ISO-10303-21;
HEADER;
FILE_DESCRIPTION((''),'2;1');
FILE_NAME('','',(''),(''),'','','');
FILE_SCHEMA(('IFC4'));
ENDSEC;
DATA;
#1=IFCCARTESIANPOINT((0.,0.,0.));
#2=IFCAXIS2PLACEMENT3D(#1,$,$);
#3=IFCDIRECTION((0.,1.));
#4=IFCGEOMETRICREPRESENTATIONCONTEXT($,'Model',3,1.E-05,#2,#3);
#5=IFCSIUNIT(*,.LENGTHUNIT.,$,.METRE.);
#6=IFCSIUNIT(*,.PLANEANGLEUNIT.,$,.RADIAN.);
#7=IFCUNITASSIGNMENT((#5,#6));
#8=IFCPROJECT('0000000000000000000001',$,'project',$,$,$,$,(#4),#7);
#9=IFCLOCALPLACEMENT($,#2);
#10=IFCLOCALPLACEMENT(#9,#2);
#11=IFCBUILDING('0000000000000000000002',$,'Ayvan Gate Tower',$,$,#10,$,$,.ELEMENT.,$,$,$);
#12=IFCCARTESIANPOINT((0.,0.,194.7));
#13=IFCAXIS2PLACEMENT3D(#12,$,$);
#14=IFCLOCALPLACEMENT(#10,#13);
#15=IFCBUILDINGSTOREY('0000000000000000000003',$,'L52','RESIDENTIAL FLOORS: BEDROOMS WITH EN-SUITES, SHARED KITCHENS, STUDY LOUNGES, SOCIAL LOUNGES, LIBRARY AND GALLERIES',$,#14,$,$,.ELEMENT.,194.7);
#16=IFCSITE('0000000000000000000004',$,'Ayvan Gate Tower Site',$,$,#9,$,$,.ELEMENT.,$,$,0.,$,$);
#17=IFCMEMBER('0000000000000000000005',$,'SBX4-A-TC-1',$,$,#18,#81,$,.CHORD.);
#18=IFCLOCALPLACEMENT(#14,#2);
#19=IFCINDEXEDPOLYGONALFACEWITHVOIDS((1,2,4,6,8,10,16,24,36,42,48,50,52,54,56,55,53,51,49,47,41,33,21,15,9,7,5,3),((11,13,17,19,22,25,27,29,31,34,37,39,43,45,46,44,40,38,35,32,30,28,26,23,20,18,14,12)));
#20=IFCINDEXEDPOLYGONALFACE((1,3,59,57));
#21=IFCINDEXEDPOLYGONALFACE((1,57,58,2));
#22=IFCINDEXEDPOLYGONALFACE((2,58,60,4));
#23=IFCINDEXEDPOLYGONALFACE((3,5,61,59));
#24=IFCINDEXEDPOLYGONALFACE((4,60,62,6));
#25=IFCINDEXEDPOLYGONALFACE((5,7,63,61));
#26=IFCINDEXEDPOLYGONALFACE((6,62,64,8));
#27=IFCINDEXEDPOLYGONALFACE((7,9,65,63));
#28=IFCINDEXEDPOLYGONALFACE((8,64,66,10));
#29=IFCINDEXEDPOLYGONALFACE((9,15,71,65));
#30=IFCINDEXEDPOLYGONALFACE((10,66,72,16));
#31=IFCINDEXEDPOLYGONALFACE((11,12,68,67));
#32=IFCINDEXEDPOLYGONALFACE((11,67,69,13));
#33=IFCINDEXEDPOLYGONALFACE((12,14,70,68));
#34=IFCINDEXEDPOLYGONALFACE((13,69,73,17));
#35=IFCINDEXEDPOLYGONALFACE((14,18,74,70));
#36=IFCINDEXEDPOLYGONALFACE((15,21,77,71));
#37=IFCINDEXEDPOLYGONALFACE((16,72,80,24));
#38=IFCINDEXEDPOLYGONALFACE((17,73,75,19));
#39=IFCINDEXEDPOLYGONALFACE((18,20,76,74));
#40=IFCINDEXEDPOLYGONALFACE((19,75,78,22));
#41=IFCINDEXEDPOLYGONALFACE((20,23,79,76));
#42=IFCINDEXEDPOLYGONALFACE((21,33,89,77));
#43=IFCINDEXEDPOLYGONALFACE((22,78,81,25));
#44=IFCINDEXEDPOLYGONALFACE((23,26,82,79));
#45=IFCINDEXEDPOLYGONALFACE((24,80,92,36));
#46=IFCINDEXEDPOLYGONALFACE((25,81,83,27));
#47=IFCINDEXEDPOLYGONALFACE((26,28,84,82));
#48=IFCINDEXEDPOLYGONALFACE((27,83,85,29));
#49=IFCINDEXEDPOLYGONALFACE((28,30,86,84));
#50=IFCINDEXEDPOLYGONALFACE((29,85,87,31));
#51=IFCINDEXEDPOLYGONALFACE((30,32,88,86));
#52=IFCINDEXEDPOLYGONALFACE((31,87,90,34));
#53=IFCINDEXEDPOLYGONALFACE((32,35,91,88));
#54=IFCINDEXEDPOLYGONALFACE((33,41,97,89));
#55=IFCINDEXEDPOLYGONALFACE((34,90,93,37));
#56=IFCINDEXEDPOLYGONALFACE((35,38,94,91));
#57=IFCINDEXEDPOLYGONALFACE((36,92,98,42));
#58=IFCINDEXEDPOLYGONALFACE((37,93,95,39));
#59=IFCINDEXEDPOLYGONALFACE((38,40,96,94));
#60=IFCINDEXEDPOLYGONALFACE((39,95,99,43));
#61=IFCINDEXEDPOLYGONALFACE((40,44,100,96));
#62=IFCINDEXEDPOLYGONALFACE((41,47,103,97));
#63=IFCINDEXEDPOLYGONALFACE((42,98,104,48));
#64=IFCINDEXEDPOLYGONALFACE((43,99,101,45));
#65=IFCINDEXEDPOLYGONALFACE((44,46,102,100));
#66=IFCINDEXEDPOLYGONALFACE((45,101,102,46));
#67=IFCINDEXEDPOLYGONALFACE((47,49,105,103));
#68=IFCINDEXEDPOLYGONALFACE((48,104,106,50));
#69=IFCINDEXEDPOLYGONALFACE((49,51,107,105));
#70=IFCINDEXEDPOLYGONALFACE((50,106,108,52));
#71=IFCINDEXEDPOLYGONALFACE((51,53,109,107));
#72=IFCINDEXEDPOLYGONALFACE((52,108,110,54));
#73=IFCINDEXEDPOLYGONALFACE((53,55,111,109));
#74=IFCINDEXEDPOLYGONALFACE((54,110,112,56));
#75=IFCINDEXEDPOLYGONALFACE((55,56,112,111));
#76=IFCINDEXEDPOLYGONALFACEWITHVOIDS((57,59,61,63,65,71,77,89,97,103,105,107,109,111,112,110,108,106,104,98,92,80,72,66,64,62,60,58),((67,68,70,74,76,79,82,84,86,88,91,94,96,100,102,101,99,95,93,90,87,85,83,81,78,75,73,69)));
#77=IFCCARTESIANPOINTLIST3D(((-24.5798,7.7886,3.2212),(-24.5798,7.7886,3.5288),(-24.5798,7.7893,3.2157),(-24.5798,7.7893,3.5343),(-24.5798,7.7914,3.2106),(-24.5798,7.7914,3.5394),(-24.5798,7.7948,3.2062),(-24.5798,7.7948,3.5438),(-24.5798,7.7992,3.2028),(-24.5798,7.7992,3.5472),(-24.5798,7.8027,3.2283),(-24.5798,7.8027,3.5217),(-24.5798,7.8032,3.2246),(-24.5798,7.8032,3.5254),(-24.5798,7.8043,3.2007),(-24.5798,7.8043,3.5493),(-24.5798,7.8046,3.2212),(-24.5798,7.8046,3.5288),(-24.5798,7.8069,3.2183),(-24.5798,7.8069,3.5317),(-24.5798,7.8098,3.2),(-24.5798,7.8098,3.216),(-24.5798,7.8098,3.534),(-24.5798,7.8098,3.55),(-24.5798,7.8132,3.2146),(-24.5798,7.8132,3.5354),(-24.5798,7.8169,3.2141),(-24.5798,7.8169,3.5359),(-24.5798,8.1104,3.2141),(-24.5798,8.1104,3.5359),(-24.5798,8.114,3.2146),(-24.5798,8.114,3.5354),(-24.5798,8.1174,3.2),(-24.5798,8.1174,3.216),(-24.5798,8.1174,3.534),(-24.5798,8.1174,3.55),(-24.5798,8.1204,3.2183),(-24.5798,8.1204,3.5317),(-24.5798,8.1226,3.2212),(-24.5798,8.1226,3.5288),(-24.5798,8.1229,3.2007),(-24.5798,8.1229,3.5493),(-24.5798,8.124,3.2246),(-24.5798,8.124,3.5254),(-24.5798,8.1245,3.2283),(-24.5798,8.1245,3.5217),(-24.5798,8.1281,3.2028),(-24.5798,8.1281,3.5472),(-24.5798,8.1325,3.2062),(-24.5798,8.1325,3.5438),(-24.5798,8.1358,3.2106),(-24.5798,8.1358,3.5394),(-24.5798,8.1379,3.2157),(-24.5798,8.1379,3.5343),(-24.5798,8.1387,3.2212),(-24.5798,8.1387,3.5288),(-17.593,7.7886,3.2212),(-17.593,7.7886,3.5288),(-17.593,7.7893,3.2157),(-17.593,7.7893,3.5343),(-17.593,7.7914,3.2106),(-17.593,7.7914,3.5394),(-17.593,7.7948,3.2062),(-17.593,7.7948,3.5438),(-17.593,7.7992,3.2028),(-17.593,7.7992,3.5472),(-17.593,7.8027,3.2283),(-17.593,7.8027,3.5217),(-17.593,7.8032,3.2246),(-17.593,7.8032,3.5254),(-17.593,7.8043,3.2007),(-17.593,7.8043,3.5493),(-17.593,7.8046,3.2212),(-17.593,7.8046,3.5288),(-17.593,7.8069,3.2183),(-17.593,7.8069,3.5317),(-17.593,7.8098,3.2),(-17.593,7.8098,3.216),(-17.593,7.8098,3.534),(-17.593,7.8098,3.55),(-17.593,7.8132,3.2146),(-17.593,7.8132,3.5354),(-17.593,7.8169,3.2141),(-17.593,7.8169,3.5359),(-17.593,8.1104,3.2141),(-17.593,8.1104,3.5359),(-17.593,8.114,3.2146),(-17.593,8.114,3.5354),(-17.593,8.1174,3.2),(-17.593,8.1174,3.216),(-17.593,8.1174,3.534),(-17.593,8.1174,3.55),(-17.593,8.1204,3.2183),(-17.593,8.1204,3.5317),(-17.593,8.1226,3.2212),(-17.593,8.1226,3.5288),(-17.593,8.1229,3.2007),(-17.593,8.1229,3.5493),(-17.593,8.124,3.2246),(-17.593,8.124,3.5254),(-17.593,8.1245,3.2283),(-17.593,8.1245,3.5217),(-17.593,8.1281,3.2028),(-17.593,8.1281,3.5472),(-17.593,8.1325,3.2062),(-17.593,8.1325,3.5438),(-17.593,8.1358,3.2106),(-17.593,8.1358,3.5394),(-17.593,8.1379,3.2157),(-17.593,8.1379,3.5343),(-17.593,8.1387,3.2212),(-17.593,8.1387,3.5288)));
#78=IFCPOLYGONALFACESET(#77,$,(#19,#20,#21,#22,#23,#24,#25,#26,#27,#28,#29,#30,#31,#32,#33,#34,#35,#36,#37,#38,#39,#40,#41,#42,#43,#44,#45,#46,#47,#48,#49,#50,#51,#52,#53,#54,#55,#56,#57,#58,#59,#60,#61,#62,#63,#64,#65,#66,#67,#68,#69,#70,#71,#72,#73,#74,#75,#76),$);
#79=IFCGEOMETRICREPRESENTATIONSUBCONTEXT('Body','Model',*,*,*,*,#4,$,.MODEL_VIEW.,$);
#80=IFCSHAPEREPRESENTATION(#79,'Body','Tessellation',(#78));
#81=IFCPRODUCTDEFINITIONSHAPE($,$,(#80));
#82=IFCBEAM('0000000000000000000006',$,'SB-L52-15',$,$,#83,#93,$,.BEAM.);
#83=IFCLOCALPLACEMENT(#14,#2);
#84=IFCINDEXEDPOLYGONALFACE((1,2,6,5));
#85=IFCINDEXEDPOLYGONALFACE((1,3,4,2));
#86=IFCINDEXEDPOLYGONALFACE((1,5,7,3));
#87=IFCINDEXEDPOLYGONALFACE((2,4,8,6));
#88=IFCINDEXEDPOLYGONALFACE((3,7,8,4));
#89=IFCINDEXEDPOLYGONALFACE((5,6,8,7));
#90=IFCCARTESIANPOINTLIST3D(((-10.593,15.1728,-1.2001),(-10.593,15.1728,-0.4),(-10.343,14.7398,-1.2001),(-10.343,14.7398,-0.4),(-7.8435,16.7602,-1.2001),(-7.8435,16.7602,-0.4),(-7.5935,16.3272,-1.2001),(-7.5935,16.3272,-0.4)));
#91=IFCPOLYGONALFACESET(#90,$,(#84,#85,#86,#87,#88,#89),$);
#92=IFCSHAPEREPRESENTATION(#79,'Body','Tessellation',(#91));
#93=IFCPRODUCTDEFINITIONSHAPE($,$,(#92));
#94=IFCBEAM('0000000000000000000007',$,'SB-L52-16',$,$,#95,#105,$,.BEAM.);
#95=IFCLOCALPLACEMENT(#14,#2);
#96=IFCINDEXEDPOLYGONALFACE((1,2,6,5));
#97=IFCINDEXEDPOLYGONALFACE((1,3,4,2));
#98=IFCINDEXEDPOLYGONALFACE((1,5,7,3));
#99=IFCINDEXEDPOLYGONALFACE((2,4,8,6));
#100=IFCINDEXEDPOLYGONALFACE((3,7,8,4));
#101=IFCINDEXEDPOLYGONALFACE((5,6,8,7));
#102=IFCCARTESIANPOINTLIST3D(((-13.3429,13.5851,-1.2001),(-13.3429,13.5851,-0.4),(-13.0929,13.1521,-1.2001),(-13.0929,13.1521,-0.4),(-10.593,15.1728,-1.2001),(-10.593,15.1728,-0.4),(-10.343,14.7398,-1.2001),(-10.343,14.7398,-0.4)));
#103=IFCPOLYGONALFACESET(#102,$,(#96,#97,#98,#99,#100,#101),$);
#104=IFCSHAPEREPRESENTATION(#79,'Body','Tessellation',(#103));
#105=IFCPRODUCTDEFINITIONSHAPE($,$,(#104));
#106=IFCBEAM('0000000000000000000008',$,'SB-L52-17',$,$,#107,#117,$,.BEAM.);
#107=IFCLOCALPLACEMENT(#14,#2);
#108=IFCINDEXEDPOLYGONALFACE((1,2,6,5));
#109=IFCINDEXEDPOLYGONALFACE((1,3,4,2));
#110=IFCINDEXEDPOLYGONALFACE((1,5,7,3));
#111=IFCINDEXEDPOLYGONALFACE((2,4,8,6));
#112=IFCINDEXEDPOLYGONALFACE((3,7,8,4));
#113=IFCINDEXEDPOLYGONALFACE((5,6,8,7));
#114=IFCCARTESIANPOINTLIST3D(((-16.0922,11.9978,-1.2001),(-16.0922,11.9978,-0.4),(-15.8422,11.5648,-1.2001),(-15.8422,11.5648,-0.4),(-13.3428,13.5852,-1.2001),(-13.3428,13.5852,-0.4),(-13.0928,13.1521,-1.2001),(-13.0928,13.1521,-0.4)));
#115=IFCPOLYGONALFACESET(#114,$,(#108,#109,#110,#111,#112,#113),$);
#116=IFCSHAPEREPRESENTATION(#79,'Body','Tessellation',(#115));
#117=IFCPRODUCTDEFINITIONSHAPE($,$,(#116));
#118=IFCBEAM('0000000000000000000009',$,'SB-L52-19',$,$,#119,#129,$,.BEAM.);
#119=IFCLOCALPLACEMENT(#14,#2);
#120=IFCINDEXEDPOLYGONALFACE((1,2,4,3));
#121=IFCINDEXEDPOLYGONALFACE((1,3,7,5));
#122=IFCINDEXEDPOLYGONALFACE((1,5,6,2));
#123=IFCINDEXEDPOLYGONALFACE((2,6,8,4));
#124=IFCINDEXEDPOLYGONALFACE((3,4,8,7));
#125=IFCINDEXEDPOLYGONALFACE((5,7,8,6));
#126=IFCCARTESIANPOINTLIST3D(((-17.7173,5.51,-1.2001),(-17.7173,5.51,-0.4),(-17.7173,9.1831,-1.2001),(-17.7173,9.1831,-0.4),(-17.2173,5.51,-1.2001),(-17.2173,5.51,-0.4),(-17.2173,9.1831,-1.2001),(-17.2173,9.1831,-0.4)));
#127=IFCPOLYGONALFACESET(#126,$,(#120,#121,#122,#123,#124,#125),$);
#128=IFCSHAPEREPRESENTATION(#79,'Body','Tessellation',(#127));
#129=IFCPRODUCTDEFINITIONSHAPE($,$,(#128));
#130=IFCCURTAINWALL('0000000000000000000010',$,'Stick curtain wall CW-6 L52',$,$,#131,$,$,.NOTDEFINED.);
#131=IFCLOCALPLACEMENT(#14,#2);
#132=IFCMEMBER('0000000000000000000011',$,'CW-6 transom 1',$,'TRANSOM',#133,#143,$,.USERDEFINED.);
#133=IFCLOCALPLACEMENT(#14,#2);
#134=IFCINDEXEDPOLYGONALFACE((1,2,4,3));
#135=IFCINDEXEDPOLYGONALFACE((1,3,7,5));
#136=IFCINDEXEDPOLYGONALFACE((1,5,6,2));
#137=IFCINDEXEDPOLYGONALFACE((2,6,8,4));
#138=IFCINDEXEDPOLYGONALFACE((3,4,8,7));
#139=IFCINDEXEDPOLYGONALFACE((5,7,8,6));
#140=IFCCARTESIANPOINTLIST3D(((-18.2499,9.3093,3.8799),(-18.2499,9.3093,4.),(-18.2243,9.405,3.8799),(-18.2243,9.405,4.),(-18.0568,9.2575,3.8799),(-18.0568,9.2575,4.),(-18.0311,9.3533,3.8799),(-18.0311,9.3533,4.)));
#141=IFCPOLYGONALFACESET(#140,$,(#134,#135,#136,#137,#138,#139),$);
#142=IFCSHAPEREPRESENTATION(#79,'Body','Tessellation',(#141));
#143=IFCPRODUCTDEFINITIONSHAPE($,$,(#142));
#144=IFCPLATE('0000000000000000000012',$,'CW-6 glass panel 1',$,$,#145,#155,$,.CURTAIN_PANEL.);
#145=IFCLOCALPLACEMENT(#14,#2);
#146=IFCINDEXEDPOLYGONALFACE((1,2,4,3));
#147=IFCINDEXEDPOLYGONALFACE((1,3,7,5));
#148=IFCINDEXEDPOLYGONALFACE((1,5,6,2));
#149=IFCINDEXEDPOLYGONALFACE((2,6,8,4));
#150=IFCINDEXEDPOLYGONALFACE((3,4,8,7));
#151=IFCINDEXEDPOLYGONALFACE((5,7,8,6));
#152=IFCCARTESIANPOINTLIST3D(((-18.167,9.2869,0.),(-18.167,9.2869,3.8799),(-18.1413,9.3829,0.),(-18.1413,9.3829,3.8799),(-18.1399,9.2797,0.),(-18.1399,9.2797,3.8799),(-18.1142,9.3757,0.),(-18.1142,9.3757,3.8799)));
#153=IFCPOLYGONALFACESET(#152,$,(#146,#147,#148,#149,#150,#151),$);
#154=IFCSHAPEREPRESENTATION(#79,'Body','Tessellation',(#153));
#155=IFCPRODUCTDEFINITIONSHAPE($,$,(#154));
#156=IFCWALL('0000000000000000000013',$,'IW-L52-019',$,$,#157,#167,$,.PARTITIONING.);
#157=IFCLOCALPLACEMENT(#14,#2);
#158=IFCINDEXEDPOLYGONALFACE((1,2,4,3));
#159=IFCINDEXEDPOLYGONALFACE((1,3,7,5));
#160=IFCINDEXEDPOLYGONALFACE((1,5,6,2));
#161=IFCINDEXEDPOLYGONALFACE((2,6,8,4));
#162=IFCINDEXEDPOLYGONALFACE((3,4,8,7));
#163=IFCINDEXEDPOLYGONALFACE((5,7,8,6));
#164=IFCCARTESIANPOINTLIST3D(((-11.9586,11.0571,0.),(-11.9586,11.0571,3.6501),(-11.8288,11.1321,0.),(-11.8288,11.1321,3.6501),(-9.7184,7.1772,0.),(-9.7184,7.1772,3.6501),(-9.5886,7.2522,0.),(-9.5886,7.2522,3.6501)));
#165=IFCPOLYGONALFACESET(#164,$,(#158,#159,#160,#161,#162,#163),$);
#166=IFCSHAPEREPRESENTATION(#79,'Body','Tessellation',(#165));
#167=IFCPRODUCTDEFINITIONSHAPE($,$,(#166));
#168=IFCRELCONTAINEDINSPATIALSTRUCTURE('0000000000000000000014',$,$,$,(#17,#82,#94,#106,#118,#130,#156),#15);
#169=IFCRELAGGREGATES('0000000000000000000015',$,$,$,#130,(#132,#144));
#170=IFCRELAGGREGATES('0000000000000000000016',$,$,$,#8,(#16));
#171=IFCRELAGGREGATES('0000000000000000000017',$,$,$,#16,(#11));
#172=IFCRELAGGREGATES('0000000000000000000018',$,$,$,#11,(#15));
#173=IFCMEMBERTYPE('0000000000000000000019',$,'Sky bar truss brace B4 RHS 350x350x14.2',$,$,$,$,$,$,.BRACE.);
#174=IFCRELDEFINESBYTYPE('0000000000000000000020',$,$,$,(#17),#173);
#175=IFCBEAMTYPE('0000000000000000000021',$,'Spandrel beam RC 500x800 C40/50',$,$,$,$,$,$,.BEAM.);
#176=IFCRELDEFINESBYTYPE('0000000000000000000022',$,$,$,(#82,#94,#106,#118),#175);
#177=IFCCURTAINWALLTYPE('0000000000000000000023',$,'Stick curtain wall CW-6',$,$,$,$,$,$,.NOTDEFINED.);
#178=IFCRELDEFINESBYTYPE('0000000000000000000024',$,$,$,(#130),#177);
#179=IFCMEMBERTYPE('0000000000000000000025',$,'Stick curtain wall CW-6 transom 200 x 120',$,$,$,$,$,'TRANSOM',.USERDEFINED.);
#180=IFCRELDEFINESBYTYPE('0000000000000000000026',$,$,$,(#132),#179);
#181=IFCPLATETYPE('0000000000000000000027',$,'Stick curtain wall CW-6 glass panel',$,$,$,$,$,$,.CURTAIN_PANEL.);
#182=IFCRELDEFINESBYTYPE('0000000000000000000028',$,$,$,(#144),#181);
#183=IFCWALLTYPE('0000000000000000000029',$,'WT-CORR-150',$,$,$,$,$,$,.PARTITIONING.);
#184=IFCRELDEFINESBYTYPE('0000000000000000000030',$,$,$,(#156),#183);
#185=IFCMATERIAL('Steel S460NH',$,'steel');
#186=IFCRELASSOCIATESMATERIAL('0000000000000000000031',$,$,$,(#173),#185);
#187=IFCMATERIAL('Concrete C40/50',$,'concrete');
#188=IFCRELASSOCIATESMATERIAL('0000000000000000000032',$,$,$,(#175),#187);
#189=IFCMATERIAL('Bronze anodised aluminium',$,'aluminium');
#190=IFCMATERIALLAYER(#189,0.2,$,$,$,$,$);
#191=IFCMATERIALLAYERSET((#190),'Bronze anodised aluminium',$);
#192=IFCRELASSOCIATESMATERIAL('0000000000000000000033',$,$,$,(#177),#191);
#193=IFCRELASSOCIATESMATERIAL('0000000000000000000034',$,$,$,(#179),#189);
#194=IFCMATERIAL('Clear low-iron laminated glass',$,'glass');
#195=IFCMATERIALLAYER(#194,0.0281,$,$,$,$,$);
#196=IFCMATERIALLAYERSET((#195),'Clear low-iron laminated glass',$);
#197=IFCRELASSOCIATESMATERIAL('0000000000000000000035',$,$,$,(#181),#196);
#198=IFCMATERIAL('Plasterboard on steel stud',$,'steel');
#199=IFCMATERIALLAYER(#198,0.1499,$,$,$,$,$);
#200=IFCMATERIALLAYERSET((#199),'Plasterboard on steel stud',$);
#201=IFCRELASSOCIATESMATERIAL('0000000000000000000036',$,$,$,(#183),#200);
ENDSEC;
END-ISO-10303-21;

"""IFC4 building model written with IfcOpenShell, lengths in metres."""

from ifc_helpers import new_model, si_unit, direction, frame, frame_2d, origin, origin_2d, place, context, subcontext, project, spatial, rectangle, hollow_rectangle, extrude, material, layer, layer_set, material_profile, profile_set, type_object, element, aggregate, save


model = new_model("IFC4")

# Units and contexts
model_context = context("Model", 3, precision=1e-05, world=origin(), true_north=direction((0.0, 1.0)))
body_context = subcontext(model_context, "Body", "Model", "MODEL_VIEW")
ifc_project = project(units=[si_unit("LENGTHUNIT", "METRE"), si_unit("PLANEANGLEUNIT", "RADIAN")], contexts=[model_context])

# Site, building, storey
site_placement = place(None, origin())
site = spatial("IfcSite", under=ifc_project, at=site_placement, Name="Ayvan Gate Tower Site", CompositionType="ELEMENT", RefElevation=0.0)
building_placement = place(site_placement, origin())
building = spatial("IfcBuilding", under=site, at=building_placement, Name="Ayvan Gate Tower", CompositionType="ELEMENT")
storey_placement = place(building_placement, frame((0.0, 0.0, 194.7)))
storey = spatial("IfcBuildingStorey", under=building, at=storey_placement, Name="L52", Description="RESIDENTIAL FLOORS: BEDROOMS WITH EN-SUITES, SHARED KITCHENS, STUDY LOUNGES, SOCIAL LOUNGES, LIBRARY AND GALLERIES", CompositionType="ELEMENT", Elevation=194.7)

# Shared definitions
ifc_material_1 = material(Name="Concrete C40/50", Category="concrete")

# Member
ifc_material_2 = material(Name="Steel S460NH", Category="steel")
ifc_material_profile_1 = material_profile(ifc_material_2, hollow_rectangle(XDim=0.3501, YDim=0.3501, WallThickness=0.0142, InnerFilletRadius=0.0142, OuterFilletRadius=0.0212, at=origin_2d()), Name="RHS 350x350x14.2")
ifc_profile_set_1 = profile_set([ifc_material_profile_1], Name="Steel S460NH")
member_type_1 = type_object("IfcMemberType", Name="Sky bar truss brace B4 RHS 350x350x14.2", PredefinedType="BRACE", material=ifc_profile_set_1)
member_1_placement = place(storey_placement, frame((-17.593, 7.9636, 3.375), z_axis=(-1.0, 0.0, 0.0), x_axis=(0.0, -1.0, 0.0)))
element("IfcMember", 1, at=member_1_placement, inside=storey, type_object=member_type_1, Name="SBX4-A-TC-1", PredefinedType="CHORD", context=body_context, shape_type="SweptSolid", body=[
    extrude(hollow_rectangle(XDim=0.3501, YDim=0.3501, WallThickness=0.0142, InnerFilletRadius=0.0142, OuterFilletRadius=0.0212, at=origin_2d()), origin(), (0.0, 0.0, 1.0), 6.9868),
])

# Beams
ifc_material_profile_2 = material_profile(ifc_material_1, rectangle(XDim=0.5, YDim=0.8, at=origin_2d()), Name="RC 500x800")
ifc_profile_set_2 = profile_set([ifc_material_profile_2], Name="Concrete C40/50")
beam_type_1 = type_object("IfcBeamType", Name="Spandrel beam RC 500x800 C40/50", PredefinedType="BEAM", material=ifc_profile_set_2)
beam_1_placement = place(storey_placement, frame((-7.7185, 16.5437, -0.8), z_axis=(-0.866029, -0.499993, 0.0), x_axis=(0.499993, -0.866029, 0.0)))
element("IfcBeam", 2, at=beam_1_placement, inside=storey, type_object=beam_type_1, Name="SB-L52-15", PredefinedType="BEAM", context=body_context, shape_type="SweptSolid", body=[
    extrude(rectangle(XDim=0.5, YDim=0.8, at=origin_2d()), origin(), (0.0, 0.0, 1.0), 3.1748),
])
beam_2_placement = place(storey_placement, frame((-10.468, 14.9563, -0.8), z_axis=(-0.866015, -0.500018, 0.0), x_axis=(0.500018, -0.866015, 0.0)))
element("IfcBeam", 3, at=beam_2_placement, inside=storey, type_object=beam_type_1, Name="SB-L52-16", PredefinedType="BEAM", context=body_context, shape_type="SweptSolid", body=[
    extrude(rectangle(XDim=0.5, YDim=0.8, at=origin_2d()), origin(), (0.0, 0.0, 1.0), 3.1753),
])
beam_3_placement = place(storey_placement, frame((-13.2178, 13.3687, -0.8), z_axis=(-0.866029, -0.499993, 0.0), x_axis=(0.499993, -0.866029, 0.0)))
element("IfcBeam", 4, at=beam_3_placement, inside=storey, type_object=beam_type_1, Name="SB-L52-17", PredefinedType="BEAM", context=body_context, shape_type="SweptSolid", body=[
    extrude(rectangle(XDim=0.5, YDim=0.8, at=origin_2d()), origin(), (0.0, 0.0, 1.0), 3.1748),
])
beam_4_placement = place(storey_placement, frame((-17.4673, 9.1831, -0.8), z_axis=(0.0, -1.0, 0.0), x_axis=(1.0, 0.0, 0.0)))
element("IfcBeam", 5, at=beam_4_placement, inside=storey, type_object=beam_type_1, Name="SB-L52-19", PredefinedType="BEAM", context=body_context, shape_type="SweptSolid", body=[
    extrude(rectangle(XDim=0.5, YDim=0.8, at=origin_2d()), origin(), (0.0, 0.0, 1.0), 3.6731),
])

# Curtain wall, member, plate
ifc_material_3 = material(Name="Bronze anodised aluminium", Category="aluminium")
ifc_layer_1 = layer(ifc_material_3, 0.2)
ifc_layer_set_1 = layer_set([ifc_layer_1], Name="Bronze anodised aluminium")
curtain_wall_type = type_object("IfcCurtainWallType", Name="Stick curtain wall CW-6", PredefinedType="NOTDEFINED", material=ifc_layer_set_1)
curtain_wall_placement = place(storey_placement, origin())
curtain_wall = element("IfcCurtainWall", 6, at=curtain_wall_placement, inside=storey, type_object=curtain_wall_type, Name="Stick curtain wall CW-6 L52", PredefinedType="NOTDEFINED")
ifc_material_profile_3 = material_profile(ifc_material_3, rectangle(XDim=0.2, YDim=0.1201, at=origin_2d()), Name="Stick curtain wall CW-6 transom 200 x 120")
ifc_profile_set_3 = profile_set([ifc_material_profile_3], Name="Bronze anodised aluminium")
member_type_2 = type_object("IfcMemberType", Name="Stick curtain wall CW-6 transom 200 x 120", ElementType="TRANSOM", PredefinedType="USERDEFINED", material=ifc_profile_set_3)
member_2_placement = place(storey_placement, frame((-18.1277, 9.3792, 3.9399), z_axis=(-0.258736, -0.965948, 0.0), x_axis=(0.965948, -0.258736, 0.0)))
member_2 = element("IfcMember", 7, at=member_2_placement, type_object=member_type_2, Name="CW-6 transom 1", ObjectType="TRANSOM", PredefinedType="USERDEFINED", context=body_context, shape_type="SweptSolid", body=[
    extrude(rectangle(XDim=0.2, YDim=0.1201, at=origin_2d()), origin(), (0.0, 0.0, 1.0), 0.0991),
])
ifc_material_4 = material(Name="Clear low-iron laminated glass", Category="glass")
ifc_layer_2 = layer(ifc_material_4, 0.0281)
ifc_layer_set_2 = layer_set([ifc_layer_2], Name="Clear low-iron laminated glass")
plate_type = type_object("IfcPlateType", Name="Stick curtain wall CW-6 glass panel", PredefinedType="CURTAIN_PANEL", material=ifc_layer_set_2)
plate_placement = place(storey_placement, frame((-18.1406, 9.3313, 0.0), z_axis=(0.0, 0.0, 1.0), x_axis=(-0.258819, -0.965926, 0.0)))
plate = element("IfcPlate", 8, at=plate_placement, type_object=plate_type, Name="CW-6 glass panel 1", PredefinedType="CURTAIN_PANEL", context=body_context, shape_type="SweptSolid", body=[
    extrude(rectangle(XDim=0.0994, YDim=0.0281, at=origin_2d()), origin(), (0.0, 0.0, 1.0), 3.8799),
])
aggregate(curtain_wall, [member_2, plate])

# Wall
ifc_material_5 = material(Name="Plasterboard on steel stud", Category="steel")
ifc_layer_3 = layer(ifc_material_5, 0.1499)
ifc_layer_set_3 = layer_set([ifc_layer_3], Name="Plasterboard on steel stud")
wall_type_1 = type_object("IfcWallType", Name="WT-CORR-150", PredefinedType="PARTITIONING", material=ifc_layer_set_3)
wall_1_placement = place(storey_placement, frame((-11.8938, 11.0947, 0.0), z_axis=(0.0, 0.0, 1.0), x_axis=(0.500031, -0.866008, 0.0)))
element("IfcWall", 9, at=wall_1_placement, inside=storey, type_object=wall_type_1, Name="IW-L52-019", PredefinedType="PARTITIONING", context=body_context, shape_type="SweptSolid", body=[
    extrude(rectangle(XDim=4.4802, YDim=0.1499, at=frame_2d((2.2402, 0.0))), origin(), (0.0, 0.0, 1.0), 3.6501),
])

save(model, "model.ifc")
